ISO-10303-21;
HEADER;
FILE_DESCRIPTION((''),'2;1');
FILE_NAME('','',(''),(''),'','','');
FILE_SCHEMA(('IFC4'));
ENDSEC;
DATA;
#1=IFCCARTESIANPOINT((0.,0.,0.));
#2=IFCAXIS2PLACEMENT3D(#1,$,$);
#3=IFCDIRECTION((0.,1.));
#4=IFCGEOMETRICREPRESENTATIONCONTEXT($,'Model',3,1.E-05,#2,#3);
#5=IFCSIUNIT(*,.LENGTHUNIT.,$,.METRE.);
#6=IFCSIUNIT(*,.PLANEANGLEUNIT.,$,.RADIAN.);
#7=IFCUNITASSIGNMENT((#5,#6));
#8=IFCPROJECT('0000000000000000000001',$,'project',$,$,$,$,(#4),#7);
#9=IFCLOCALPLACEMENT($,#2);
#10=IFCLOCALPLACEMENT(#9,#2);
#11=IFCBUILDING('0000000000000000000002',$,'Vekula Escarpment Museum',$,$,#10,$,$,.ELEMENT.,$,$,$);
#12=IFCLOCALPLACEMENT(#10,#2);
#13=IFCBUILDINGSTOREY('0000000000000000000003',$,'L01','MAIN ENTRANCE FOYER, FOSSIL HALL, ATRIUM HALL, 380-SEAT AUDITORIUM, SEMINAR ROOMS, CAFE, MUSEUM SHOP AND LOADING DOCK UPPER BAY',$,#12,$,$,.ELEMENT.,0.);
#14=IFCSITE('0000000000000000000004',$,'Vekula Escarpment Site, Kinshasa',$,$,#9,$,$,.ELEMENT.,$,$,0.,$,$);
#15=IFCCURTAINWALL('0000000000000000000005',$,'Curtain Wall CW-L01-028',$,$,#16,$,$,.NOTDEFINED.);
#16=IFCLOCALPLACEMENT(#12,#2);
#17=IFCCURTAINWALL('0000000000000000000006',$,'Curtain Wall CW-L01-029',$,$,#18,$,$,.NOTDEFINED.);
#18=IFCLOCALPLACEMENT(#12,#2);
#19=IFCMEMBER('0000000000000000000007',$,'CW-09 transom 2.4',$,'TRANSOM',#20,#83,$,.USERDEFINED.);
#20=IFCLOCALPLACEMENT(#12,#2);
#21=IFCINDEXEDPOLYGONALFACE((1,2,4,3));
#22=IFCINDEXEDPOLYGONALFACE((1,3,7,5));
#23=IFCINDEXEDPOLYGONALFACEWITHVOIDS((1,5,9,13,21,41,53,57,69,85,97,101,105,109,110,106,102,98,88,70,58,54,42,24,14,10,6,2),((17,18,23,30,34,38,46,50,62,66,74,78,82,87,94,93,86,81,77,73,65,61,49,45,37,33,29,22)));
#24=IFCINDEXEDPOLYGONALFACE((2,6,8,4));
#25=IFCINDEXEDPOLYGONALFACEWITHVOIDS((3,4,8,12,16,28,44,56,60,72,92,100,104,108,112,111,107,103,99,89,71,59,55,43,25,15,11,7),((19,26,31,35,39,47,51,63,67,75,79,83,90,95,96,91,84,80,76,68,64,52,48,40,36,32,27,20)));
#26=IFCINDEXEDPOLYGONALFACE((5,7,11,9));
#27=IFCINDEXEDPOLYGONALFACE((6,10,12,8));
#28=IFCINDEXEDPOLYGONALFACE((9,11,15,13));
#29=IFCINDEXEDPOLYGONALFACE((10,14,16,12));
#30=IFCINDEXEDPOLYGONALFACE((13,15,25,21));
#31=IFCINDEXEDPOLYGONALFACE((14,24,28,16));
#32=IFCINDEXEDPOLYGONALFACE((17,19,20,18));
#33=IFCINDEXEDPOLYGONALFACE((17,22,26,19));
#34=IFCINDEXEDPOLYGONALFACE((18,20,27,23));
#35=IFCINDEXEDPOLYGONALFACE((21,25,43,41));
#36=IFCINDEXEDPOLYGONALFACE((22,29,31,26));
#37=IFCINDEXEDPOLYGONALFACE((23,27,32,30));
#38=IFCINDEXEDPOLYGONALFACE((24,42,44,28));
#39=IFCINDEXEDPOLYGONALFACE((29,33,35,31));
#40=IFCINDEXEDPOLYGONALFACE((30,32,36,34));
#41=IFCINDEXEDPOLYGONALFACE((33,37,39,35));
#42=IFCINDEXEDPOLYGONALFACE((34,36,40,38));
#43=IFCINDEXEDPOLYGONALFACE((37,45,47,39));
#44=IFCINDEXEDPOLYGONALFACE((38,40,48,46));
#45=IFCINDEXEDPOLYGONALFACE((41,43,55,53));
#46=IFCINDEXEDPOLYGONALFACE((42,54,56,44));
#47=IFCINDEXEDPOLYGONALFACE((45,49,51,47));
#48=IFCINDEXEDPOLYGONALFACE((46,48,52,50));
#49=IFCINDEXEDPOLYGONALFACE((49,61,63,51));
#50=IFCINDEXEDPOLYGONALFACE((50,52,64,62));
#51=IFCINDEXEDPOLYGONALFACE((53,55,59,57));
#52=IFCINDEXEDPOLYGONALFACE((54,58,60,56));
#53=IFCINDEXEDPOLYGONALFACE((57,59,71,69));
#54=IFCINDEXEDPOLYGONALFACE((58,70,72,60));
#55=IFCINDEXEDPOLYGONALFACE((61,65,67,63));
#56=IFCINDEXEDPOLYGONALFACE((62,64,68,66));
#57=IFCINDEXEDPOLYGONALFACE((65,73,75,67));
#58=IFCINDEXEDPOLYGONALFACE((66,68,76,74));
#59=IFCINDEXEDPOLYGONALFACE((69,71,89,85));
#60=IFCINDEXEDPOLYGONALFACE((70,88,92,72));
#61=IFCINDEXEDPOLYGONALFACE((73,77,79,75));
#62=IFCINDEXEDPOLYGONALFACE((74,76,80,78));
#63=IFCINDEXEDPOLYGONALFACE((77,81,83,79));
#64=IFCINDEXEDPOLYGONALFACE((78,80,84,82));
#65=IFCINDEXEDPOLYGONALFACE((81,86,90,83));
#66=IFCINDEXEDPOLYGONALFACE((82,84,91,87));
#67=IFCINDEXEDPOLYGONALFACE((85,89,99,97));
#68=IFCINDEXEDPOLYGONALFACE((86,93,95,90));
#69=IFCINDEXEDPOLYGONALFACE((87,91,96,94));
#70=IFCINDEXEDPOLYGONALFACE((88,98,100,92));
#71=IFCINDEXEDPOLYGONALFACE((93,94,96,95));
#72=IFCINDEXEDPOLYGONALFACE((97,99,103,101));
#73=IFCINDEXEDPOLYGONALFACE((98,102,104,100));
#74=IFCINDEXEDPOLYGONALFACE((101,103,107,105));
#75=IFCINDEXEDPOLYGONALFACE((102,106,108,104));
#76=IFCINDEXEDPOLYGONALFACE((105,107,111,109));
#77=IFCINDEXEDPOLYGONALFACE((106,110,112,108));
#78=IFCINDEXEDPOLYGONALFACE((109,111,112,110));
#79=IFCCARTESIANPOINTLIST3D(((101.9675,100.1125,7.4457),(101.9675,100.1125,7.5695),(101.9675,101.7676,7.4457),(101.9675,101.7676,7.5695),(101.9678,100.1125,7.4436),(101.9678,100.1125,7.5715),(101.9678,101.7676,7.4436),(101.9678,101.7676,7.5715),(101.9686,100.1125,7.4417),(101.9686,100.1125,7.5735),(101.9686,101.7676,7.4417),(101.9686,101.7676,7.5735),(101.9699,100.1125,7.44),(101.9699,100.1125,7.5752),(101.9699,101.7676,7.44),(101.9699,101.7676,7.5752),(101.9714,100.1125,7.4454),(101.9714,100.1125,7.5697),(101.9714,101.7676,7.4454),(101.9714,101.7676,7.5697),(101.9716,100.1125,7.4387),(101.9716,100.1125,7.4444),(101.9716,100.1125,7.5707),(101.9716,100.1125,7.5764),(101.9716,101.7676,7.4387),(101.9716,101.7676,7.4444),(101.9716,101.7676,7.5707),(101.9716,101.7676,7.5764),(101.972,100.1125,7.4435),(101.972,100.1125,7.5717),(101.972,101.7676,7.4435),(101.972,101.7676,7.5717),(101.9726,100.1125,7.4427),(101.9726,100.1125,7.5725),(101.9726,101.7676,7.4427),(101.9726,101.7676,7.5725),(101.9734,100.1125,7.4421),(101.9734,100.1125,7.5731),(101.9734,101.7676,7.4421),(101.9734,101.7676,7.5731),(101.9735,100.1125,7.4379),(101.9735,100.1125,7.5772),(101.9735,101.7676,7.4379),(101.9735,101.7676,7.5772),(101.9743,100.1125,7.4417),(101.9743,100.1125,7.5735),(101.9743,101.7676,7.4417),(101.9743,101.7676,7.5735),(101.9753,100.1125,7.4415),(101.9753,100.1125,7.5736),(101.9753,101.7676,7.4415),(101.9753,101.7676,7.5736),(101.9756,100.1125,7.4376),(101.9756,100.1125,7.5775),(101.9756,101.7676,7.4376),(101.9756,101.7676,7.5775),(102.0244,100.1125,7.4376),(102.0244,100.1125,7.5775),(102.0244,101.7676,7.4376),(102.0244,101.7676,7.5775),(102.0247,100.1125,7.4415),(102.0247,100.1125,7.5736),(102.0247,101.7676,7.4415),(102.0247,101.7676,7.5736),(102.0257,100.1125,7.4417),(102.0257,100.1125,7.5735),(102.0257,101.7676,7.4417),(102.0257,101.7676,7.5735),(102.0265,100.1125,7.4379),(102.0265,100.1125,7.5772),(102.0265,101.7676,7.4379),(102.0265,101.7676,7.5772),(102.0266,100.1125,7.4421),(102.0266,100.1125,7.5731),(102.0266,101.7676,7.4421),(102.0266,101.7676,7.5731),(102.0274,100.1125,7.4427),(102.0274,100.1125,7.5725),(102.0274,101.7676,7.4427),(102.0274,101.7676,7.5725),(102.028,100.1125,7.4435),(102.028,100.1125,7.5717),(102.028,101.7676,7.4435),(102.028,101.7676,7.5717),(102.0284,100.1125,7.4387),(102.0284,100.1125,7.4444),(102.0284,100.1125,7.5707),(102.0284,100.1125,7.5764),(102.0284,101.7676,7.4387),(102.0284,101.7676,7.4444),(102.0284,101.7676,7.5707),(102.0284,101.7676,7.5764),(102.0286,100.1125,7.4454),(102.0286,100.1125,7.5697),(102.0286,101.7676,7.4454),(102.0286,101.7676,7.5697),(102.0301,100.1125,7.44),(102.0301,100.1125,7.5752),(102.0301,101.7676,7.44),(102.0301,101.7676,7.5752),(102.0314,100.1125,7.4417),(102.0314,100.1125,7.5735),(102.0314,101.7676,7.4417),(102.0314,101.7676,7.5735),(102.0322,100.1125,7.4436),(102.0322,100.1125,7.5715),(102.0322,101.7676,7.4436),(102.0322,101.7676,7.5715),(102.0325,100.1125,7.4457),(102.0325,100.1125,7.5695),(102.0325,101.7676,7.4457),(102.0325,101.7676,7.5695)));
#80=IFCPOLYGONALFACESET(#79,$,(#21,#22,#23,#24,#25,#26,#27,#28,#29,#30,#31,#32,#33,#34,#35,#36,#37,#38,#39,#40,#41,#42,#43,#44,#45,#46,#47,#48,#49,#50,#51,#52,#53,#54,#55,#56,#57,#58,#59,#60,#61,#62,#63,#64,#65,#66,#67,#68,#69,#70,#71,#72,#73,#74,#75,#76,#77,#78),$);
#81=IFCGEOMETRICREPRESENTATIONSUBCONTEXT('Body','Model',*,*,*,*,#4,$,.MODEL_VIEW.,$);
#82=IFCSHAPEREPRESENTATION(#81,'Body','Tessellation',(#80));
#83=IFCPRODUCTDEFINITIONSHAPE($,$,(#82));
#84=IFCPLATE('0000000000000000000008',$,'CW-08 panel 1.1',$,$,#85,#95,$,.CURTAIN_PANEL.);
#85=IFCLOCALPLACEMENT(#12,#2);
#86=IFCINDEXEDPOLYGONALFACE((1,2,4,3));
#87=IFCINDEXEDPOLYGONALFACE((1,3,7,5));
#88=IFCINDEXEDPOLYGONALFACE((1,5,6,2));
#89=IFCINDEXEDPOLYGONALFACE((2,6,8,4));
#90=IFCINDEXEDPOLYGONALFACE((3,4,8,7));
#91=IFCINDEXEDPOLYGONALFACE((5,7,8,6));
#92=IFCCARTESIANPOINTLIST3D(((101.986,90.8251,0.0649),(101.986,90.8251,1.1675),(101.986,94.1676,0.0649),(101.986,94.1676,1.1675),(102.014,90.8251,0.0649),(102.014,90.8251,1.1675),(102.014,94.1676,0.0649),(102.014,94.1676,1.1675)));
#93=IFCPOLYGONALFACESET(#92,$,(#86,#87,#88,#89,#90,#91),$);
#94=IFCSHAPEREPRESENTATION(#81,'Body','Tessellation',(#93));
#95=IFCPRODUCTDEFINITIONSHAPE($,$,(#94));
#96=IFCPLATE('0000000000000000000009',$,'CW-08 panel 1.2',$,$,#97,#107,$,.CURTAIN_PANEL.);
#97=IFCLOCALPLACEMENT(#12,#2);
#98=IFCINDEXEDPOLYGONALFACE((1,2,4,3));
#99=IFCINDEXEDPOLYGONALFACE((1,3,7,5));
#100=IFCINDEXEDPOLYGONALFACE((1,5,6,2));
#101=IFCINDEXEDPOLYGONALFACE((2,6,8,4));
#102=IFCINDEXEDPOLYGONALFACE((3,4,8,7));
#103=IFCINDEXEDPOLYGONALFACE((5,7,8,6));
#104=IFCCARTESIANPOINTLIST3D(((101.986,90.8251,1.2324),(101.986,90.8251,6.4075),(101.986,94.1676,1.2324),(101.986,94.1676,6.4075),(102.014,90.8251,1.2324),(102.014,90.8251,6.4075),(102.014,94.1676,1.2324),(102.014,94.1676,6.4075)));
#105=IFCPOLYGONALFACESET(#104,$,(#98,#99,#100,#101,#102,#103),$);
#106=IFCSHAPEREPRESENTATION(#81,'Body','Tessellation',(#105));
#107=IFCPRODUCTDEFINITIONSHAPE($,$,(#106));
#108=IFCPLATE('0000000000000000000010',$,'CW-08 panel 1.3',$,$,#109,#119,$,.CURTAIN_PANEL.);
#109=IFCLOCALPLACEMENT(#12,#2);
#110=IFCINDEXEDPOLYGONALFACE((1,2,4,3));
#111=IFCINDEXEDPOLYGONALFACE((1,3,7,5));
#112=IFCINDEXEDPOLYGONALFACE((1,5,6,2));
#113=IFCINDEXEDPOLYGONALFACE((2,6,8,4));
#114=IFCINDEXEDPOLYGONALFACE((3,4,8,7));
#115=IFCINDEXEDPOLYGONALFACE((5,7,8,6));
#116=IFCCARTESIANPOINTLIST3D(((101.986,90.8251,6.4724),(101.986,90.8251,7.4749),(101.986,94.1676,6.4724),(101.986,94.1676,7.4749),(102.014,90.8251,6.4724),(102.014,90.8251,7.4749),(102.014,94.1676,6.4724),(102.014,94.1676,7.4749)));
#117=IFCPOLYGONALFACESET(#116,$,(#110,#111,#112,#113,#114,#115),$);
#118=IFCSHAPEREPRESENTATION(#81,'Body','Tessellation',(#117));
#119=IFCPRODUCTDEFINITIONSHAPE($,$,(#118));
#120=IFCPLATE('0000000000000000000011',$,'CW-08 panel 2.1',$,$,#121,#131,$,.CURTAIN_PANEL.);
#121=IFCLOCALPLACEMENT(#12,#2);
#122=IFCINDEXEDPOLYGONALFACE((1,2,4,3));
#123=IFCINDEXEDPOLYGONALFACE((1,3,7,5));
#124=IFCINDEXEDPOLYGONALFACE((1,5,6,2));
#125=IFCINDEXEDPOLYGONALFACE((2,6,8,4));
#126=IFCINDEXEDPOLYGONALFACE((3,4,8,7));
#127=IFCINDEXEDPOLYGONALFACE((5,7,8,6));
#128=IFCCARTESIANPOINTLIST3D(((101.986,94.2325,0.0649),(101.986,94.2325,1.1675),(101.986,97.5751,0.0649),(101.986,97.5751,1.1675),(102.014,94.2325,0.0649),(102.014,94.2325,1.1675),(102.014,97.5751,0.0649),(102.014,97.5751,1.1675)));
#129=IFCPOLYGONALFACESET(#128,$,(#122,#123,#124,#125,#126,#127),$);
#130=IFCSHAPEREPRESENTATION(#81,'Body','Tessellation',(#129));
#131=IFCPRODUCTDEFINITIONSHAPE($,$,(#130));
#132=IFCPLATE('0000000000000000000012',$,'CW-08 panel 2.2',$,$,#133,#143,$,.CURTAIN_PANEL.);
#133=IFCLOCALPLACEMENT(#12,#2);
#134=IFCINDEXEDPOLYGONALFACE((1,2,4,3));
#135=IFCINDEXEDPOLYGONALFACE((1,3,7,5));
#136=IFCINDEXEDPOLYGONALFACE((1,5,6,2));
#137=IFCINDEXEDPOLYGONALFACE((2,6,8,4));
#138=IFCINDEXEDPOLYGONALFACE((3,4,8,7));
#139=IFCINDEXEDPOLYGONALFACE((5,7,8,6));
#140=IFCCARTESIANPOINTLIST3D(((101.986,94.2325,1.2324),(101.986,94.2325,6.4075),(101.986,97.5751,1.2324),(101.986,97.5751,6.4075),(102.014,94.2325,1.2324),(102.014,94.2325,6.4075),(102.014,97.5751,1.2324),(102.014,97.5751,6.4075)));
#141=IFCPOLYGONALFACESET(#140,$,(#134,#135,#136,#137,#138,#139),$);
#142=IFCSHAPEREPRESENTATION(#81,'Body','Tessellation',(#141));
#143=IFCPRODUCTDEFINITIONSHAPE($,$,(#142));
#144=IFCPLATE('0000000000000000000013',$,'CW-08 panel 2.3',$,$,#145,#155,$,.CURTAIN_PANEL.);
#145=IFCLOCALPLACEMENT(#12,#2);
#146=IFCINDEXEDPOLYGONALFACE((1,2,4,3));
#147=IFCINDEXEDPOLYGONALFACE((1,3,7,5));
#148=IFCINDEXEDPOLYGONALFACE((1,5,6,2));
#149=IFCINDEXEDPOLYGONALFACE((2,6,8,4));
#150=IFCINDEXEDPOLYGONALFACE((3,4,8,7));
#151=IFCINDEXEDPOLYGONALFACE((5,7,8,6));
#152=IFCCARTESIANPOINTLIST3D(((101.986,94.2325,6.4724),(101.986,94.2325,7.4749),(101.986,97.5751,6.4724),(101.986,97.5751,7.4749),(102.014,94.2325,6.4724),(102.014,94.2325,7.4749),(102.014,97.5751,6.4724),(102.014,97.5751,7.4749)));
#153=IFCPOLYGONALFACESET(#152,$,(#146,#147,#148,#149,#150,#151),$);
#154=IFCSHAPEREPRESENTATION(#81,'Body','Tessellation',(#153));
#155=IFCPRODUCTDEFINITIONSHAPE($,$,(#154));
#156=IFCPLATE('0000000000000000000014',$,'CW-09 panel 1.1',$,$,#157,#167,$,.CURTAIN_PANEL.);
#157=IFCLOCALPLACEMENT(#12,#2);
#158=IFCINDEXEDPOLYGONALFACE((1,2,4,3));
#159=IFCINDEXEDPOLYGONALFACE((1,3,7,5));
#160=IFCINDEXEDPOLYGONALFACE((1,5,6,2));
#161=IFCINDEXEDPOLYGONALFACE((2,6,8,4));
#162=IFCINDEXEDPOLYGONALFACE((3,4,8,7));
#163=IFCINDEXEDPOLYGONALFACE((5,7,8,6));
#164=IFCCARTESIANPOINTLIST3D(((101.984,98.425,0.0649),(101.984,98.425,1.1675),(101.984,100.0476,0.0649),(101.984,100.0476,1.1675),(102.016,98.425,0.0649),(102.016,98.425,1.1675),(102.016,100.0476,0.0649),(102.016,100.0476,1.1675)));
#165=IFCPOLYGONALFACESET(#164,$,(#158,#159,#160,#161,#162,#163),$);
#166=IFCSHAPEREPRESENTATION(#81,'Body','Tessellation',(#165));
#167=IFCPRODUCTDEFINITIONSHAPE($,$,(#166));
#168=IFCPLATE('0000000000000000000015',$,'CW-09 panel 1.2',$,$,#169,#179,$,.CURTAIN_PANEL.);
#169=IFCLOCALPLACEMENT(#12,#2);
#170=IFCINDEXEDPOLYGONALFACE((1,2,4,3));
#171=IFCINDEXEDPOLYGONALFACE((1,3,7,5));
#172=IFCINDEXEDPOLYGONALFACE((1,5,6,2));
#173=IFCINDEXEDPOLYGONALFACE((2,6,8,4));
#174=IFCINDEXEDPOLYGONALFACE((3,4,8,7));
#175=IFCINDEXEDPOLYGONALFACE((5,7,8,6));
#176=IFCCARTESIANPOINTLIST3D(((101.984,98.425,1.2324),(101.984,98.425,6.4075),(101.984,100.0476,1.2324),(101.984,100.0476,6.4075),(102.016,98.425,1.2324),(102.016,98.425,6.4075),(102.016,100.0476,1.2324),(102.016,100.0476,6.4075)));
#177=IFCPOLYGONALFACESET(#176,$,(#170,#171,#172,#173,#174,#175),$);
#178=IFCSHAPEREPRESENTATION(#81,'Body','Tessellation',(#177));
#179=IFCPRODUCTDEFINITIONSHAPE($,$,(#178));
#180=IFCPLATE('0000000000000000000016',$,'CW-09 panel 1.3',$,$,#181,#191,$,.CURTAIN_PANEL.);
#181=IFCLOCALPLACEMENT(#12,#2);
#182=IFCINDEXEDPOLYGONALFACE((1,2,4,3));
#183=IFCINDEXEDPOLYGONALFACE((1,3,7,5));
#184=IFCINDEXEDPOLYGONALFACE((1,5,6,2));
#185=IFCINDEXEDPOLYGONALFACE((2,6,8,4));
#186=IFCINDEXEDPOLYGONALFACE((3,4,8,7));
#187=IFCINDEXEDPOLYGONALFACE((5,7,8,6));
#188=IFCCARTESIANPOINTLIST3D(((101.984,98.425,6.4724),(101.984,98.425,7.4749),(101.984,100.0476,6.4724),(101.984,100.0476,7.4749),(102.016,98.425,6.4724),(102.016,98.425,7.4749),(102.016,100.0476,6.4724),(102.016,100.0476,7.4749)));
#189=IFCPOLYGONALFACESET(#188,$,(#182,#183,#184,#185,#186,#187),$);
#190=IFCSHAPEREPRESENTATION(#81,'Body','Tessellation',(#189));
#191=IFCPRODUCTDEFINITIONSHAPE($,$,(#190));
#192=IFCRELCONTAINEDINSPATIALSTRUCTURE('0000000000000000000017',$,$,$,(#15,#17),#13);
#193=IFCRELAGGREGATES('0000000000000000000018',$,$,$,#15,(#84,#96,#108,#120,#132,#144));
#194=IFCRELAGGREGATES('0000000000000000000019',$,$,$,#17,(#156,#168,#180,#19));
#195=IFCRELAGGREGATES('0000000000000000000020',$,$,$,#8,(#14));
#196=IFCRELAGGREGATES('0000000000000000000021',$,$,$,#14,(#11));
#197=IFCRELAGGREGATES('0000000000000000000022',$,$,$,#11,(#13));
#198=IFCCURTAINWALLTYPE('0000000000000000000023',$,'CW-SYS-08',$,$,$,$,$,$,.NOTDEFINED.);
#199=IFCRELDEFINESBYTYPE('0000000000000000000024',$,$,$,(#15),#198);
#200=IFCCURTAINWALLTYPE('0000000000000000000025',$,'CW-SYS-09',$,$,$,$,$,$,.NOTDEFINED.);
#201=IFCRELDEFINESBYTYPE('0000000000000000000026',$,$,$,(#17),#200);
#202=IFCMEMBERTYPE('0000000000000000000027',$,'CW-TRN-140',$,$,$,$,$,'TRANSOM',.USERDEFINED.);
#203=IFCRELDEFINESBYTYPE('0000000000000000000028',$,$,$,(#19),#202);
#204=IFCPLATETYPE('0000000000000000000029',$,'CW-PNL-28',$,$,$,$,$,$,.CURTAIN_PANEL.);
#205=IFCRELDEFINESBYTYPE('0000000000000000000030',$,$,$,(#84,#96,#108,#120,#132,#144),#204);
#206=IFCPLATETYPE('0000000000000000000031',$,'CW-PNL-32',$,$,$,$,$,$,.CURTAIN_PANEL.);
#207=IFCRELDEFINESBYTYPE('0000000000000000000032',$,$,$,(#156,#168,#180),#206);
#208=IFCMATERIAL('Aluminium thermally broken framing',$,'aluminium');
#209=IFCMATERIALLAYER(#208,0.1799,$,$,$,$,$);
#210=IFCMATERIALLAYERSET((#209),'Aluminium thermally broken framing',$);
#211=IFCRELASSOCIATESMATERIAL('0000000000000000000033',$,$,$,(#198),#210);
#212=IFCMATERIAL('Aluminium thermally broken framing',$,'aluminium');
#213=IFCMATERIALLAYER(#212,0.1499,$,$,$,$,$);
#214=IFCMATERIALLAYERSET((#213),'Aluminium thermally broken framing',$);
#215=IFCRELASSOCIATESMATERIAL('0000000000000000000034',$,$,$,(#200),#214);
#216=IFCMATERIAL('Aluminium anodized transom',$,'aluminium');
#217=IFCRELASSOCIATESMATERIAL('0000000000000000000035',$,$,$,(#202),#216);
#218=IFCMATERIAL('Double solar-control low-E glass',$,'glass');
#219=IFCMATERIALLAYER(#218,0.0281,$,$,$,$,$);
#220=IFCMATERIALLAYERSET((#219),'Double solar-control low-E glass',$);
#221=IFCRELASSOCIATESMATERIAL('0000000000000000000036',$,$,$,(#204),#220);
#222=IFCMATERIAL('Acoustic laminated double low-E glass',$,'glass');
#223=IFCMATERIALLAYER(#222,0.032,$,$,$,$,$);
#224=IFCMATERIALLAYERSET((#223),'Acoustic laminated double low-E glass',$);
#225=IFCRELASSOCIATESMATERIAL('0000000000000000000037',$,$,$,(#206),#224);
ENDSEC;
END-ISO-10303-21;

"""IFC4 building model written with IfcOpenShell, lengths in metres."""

from ifc_helpers import new_model, si_unit, direction, frame, origin, origin_2d, place, context, subcontext, project, spatial, rectangle, hollow_rectangle, extrude, material, layer, layer_set, material_profile, profile_set, type_object, element, aggregate, save


model = new_model("IFC4")

# Units and contexts
model_context = context("Model", 3, precision=1e-05, world=origin(), true_north=direction((0.0, 1.0)))
body_context = subcontext(model_context, "Body", "Model", "MODEL_VIEW")
ifc_project = project(units=[si_unit("LENGTHUNIT", "METRE"), si_unit("PLANEANGLEUNIT", "RADIAN")], contexts=[model_context])

# Site, building, storey
site_placement = place(None, origin())
site = spatial("IfcSite", under=ifc_project, at=site_placement, Name="Vekula Escarpment Site, Kinshasa", CompositionType="ELEMENT", RefElevation=0.0)
building_placement = place(site_placement, origin())
building = spatial("IfcBuilding", under=site, at=building_placement, Name="Vekula Escarpment Museum", CompositionType="ELEMENT")
storey_placement = place(building_placement, origin())
storey = spatial("IfcBuildingStorey", under=building, at=storey_placement, Name="L01", Description="MAIN ENTRANCE FOYER, FOSSIL HALL, ATRIUM HALL, 380-SEAT AUDITORIUM, SEMINAR ROOMS, CAFE, MUSEUM SHOP AND LOADING DOCK UPPER BAY", CompositionType="ELEMENT", Elevation=0.0)

# Curtain walls
ifc_material_1 = material(Name="Aluminium thermally broken framing", Category="aluminium")
ifc_layer_1 = layer(ifc_material_1, 0.1799)
ifc_layer_set_1 = layer_set([ifc_layer_1], Name="Aluminium thermally broken framing")
curtain_wall_type_1 = type_object("IfcCurtainWallType", Name="CW-SYS-08", PredefinedType="NOTDEFINED", material=ifc_layer_set_1)
curtain_wall_1_placement = place(storey_placement, origin())
curtain_wall_1 = element("IfcCurtainWall", 1, at=curtain_wall_1_placement, inside=storey, type_object=curtain_wall_type_1, Name="Curtain Wall CW-L01-028", PredefinedType="NOTDEFINED")
ifc_material_2 = material(Name="Aluminium thermally broken framing", Category="aluminium")
ifc_layer_2 = layer(ifc_material_2, 0.1499)
ifc_layer_set_2 = layer_set([ifc_layer_2], Name="Aluminium thermally broken framing")
curtain_wall_type_2 = type_object("IfcCurtainWallType", Name="CW-SYS-09", PredefinedType="NOTDEFINED", material=ifc_layer_set_2)
curtain_wall_2_placement = place(storey_placement, origin())
curtain_wall_2 = element("IfcCurtainWall", 2, at=curtain_wall_2_placement, inside=storey, type_object=curtain_wall_type_2, Name="Curtain Wall CW-L01-029", PredefinedType="NOTDEFINED")

# Member
ifc_material_3 = material(Name="Aluminium anodized transom", Category="aluminium")
ifc_material_profile_1 = material_profile(ifc_material_3, hollow_rectangle(XDim=0.0649, YDim=0.1399, WallThickness=0.0039, InnerFilletRadius=0.0039, OuterFilletRadius=0.0081, at=origin_2d()), Name="ALU 140x65x4")
ifc_profile_set_1 = profile_set([ifc_material_profile_1], Name="Aluminium anodized transom")
member_type_1 = type_object("IfcMemberType", Name="CW-TRN-140", ElementType="TRANSOM", PredefinedType="USERDEFINED", material=ifc_profile_set_1)
member_1_placement = place(storey_placement, frame((102.0, 100.1125, 7.5076), z_axis=(0.0, 1.0, 0.0), x_axis=(-1.0, 0.0, 0.0)))
member_1 = element("IfcMember", 3, at=member_1_placement, type_object=member_type_1, Name="CW-09 transom 2.4", ObjectType="TRANSOM", PredefinedType="USERDEFINED", context=body_context, shape_type="SweptSolid", body=[
    extrude(hollow_rectangle(XDim=0.0649, YDim=0.1399, WallThickness=0.0039, InnerFilletRadius=0.0039, OuterFilletRadius=0.0081, at=origin_2d()), origin(), (0.0, 0.0, 1.0), 1.655),
])

# Plates
ifc_material_4 = material(Name="Double solar-control low-E glass", Category="glass")
ifc_layer_3 = layer(ifc_material_4, 0.0281)
ifc_layer_set_3 = layer_set([ifc_layer_3], Name="Double solar-control low-E glass")
plate_type_1 = type_object("IfcPlateType", Name="CW-PNL-28", PredefinedType="CURTAIN_PANEL", material=ifc_layer_set_3)
plate_1_placement = place(storey_placement, frame((102.0, 92.4963, 0.0649), z_axis=(0.0, 0.0, 1.0), x_axis=(0.0, 1.0, 0.0)))
plate_1 = element("IfcPlate", 4, at=plate_1_placement, type_object=plate_type_1, Name="CW-08 panel 1.1", PredefinedType="CURTAIN_PANEL", context=body_context, shape_type="SweptSolid", body=[
    extrude(rectangle(XDim=3.3425, YDim=0.0281, at=origin_2d()), origin(), (0.0, 0.0, 1.0), 1.1025),
])
plate_2_placement = place(storey_placement, frame((102.0, 92.4963, 1.2324), z_axis=(0.0, 0.0, 1.0), x_axis=(0.0, 1.0, 0.0)))
plate_2 = element("IfcPlate", 5, at=plate_2_placement, type_object=plate_type_1, Name="CW-08 panel 1.2", PredefinedType="CURTAIN_PANEL", context=body_context, shape_type="SweptSolid", body=[
    extrude(rectangle(XDim=3.3425, YDim=0.0281, at=origin_2d()), origin(), (0.0, 0.0, 1.0), 5.175),
])
plate_3_placement = place(storey_placement, frame((102.0, 92.4963, 6.4724), z_axis=(0.0, 0.0, 1.0), x_axis=(0.0, 1.0, 0.0)))
plate_3 = element("IfcPlate", 6, at=plate_3_placement, type_object=plate_type_1, Name="CW-08 panel 1.3", PredefinedType="CURTAIN_PANEL", context=body_context, shape_type="SweptSolid", body=[
    extrude(rectangle(XDim=3.3425, YDim=0.0281, at=origin_2d()), origin(), (0.0, 0.0, 1.0), 1.0024),
])
plate_4_placement = place(storey_placement, frame((102.0, 95.9038, 0.0649), z_axis=(0.0, 0.0, 1.0), x_axis=(0.0, 1.0, 0.0)))
plate_4 = element("IfcPlate", 7, at=plate_4_placement, type_object=plate_type_1, Name="CW-08 panel 2.1", PredefinedType="CURTAIN_PANEL", context=body_context, shape_type="SweptSolid", body=[
    extrude(rectangle(XDim=3.3425, YDim=0.0281, at=origin_2d()), origin(), (0.0, 0.0, 1.0), 1.1025),
])
plate_5_placement = place(storey_placement, frame((102.0, 95.9038, 1.2324), z_axis=(0.0, 0.0, 1.0), x_axis=(0.0, 1.0, 0.0)))
plate_5 = element("IfcPlate", 8, at=plate_5_placement, type_object=plate_type_1, Name="CW-08 panel 2.2", PredefinedType="CURTAIN_PANEL", context=body_context, shape_type="SweptSolid", body=[
    extrude(rectangle(XDim=3.3425, YDim=0.0281, at=origin_2d()), origin(), (0.0, 0.0, 1.0), 5.175),
])
plate_6_placement = place(storey_placement, frame((102.0, 95.9038, 6.4724), z_axis=(0.0, 0.0, 1.0), x_axis=(0.0, 1.0, 0.0)))
plate_6 = element("IfcPlate", 9, at=plate_6_placement, type_object=plate_type_1, Name="CW-08 panel 2.3", PredefinedType="CURTAIN_PANEL", context=body_context, shape_type="SweptSolid", body=[
    extrude(rectangle(XDim=3.3425, YDim=0.0281, at=origin_2d()), origin(), (0.0, 0.0, 1.0), 1.0024),
])
aggregate(curtain_wall_1, [plate_1, plate_2, plate_3, plate_4, plate_5, plate_6])
ifc_material_5 = material(Name="Acoustic laminated double low-E glass", Category="glass")
ifc_layer_4 = layer(ifc_material_5, 0.032)
ifc_layer_set_4 = layer_set([ifc_layer_4], Name="Acoustic laminated double low-E glass")
plate_type_2 = type_object("IfcPlateType", Name="CW-PNL-32", PredefinedType="CURTAIN_PANEL", material=ifc_layer_set_4)
plate_7_placement = place(storey_placement, frame((102.0, 99.2363, 0.0649), z_axis=(0.0, 0.0, 1.0), x_axis=(0.0, 1.0, 0.0)))
plate_7 = element("IfcPlate", 10, at=plate_7_placement, type_object=plate_type_2, Name="CW-09 panel 1.1", PredefinedType="CURTAIN_PANEL", context=body_context, shape_type="SweptSolid", body=[
    extrude(rectangle(XDim=1.6226, YDim=0.032, at=origin_2d()), origin(), (0.0, 0.0, 1.0), 1.1025),
])
plate_8_placement = place(storey_placement, frame((102.0, 99.2363, 1.2324), z_axis=(0.0, 0.0, 1.0), x_axis=(0.0, 1.0, 0.0)))
plate_8 = element("IfcPlate", 11, at=plate_8_placement, type_object=plate_type_2, Name="CW-09 panel 1.2", PredefinedType="CURTAIN_PANEL", context=body_context, shape_type="SweptSolid", body=[
    extrude(rectangle(XDim=1.6226, YDim=0.032, at=origin_2d()), origin(), (0.0, 0.0, 1.0), 5.175),
])
plate_9_placement = place(storey_placement, frame((102.0, 99.2363, 6.4724), z_axis=(0.0, 0.0, 1.0), x_axis=(0.0, 1.0, 0.0)))
plate_9 = element("IfcPlate", 12, at=plate_9_placement, type_object=plate_type_2, Name="CW-09 panel 1.3", PredefinedType="CURTAIN_PANEL", context=body_context, shape_type="SweptSolid", body=[
    extrude(rectangle(XDim=1.6226, YDim=0.032, at=origin_2d()), origin(), (0.0, 0.0, 1.0), 1.0024),
])
aggregate(curtain_wall_2, [plate_7, plate_8, plate_9, member_1])

save(model, "model.ifc")
